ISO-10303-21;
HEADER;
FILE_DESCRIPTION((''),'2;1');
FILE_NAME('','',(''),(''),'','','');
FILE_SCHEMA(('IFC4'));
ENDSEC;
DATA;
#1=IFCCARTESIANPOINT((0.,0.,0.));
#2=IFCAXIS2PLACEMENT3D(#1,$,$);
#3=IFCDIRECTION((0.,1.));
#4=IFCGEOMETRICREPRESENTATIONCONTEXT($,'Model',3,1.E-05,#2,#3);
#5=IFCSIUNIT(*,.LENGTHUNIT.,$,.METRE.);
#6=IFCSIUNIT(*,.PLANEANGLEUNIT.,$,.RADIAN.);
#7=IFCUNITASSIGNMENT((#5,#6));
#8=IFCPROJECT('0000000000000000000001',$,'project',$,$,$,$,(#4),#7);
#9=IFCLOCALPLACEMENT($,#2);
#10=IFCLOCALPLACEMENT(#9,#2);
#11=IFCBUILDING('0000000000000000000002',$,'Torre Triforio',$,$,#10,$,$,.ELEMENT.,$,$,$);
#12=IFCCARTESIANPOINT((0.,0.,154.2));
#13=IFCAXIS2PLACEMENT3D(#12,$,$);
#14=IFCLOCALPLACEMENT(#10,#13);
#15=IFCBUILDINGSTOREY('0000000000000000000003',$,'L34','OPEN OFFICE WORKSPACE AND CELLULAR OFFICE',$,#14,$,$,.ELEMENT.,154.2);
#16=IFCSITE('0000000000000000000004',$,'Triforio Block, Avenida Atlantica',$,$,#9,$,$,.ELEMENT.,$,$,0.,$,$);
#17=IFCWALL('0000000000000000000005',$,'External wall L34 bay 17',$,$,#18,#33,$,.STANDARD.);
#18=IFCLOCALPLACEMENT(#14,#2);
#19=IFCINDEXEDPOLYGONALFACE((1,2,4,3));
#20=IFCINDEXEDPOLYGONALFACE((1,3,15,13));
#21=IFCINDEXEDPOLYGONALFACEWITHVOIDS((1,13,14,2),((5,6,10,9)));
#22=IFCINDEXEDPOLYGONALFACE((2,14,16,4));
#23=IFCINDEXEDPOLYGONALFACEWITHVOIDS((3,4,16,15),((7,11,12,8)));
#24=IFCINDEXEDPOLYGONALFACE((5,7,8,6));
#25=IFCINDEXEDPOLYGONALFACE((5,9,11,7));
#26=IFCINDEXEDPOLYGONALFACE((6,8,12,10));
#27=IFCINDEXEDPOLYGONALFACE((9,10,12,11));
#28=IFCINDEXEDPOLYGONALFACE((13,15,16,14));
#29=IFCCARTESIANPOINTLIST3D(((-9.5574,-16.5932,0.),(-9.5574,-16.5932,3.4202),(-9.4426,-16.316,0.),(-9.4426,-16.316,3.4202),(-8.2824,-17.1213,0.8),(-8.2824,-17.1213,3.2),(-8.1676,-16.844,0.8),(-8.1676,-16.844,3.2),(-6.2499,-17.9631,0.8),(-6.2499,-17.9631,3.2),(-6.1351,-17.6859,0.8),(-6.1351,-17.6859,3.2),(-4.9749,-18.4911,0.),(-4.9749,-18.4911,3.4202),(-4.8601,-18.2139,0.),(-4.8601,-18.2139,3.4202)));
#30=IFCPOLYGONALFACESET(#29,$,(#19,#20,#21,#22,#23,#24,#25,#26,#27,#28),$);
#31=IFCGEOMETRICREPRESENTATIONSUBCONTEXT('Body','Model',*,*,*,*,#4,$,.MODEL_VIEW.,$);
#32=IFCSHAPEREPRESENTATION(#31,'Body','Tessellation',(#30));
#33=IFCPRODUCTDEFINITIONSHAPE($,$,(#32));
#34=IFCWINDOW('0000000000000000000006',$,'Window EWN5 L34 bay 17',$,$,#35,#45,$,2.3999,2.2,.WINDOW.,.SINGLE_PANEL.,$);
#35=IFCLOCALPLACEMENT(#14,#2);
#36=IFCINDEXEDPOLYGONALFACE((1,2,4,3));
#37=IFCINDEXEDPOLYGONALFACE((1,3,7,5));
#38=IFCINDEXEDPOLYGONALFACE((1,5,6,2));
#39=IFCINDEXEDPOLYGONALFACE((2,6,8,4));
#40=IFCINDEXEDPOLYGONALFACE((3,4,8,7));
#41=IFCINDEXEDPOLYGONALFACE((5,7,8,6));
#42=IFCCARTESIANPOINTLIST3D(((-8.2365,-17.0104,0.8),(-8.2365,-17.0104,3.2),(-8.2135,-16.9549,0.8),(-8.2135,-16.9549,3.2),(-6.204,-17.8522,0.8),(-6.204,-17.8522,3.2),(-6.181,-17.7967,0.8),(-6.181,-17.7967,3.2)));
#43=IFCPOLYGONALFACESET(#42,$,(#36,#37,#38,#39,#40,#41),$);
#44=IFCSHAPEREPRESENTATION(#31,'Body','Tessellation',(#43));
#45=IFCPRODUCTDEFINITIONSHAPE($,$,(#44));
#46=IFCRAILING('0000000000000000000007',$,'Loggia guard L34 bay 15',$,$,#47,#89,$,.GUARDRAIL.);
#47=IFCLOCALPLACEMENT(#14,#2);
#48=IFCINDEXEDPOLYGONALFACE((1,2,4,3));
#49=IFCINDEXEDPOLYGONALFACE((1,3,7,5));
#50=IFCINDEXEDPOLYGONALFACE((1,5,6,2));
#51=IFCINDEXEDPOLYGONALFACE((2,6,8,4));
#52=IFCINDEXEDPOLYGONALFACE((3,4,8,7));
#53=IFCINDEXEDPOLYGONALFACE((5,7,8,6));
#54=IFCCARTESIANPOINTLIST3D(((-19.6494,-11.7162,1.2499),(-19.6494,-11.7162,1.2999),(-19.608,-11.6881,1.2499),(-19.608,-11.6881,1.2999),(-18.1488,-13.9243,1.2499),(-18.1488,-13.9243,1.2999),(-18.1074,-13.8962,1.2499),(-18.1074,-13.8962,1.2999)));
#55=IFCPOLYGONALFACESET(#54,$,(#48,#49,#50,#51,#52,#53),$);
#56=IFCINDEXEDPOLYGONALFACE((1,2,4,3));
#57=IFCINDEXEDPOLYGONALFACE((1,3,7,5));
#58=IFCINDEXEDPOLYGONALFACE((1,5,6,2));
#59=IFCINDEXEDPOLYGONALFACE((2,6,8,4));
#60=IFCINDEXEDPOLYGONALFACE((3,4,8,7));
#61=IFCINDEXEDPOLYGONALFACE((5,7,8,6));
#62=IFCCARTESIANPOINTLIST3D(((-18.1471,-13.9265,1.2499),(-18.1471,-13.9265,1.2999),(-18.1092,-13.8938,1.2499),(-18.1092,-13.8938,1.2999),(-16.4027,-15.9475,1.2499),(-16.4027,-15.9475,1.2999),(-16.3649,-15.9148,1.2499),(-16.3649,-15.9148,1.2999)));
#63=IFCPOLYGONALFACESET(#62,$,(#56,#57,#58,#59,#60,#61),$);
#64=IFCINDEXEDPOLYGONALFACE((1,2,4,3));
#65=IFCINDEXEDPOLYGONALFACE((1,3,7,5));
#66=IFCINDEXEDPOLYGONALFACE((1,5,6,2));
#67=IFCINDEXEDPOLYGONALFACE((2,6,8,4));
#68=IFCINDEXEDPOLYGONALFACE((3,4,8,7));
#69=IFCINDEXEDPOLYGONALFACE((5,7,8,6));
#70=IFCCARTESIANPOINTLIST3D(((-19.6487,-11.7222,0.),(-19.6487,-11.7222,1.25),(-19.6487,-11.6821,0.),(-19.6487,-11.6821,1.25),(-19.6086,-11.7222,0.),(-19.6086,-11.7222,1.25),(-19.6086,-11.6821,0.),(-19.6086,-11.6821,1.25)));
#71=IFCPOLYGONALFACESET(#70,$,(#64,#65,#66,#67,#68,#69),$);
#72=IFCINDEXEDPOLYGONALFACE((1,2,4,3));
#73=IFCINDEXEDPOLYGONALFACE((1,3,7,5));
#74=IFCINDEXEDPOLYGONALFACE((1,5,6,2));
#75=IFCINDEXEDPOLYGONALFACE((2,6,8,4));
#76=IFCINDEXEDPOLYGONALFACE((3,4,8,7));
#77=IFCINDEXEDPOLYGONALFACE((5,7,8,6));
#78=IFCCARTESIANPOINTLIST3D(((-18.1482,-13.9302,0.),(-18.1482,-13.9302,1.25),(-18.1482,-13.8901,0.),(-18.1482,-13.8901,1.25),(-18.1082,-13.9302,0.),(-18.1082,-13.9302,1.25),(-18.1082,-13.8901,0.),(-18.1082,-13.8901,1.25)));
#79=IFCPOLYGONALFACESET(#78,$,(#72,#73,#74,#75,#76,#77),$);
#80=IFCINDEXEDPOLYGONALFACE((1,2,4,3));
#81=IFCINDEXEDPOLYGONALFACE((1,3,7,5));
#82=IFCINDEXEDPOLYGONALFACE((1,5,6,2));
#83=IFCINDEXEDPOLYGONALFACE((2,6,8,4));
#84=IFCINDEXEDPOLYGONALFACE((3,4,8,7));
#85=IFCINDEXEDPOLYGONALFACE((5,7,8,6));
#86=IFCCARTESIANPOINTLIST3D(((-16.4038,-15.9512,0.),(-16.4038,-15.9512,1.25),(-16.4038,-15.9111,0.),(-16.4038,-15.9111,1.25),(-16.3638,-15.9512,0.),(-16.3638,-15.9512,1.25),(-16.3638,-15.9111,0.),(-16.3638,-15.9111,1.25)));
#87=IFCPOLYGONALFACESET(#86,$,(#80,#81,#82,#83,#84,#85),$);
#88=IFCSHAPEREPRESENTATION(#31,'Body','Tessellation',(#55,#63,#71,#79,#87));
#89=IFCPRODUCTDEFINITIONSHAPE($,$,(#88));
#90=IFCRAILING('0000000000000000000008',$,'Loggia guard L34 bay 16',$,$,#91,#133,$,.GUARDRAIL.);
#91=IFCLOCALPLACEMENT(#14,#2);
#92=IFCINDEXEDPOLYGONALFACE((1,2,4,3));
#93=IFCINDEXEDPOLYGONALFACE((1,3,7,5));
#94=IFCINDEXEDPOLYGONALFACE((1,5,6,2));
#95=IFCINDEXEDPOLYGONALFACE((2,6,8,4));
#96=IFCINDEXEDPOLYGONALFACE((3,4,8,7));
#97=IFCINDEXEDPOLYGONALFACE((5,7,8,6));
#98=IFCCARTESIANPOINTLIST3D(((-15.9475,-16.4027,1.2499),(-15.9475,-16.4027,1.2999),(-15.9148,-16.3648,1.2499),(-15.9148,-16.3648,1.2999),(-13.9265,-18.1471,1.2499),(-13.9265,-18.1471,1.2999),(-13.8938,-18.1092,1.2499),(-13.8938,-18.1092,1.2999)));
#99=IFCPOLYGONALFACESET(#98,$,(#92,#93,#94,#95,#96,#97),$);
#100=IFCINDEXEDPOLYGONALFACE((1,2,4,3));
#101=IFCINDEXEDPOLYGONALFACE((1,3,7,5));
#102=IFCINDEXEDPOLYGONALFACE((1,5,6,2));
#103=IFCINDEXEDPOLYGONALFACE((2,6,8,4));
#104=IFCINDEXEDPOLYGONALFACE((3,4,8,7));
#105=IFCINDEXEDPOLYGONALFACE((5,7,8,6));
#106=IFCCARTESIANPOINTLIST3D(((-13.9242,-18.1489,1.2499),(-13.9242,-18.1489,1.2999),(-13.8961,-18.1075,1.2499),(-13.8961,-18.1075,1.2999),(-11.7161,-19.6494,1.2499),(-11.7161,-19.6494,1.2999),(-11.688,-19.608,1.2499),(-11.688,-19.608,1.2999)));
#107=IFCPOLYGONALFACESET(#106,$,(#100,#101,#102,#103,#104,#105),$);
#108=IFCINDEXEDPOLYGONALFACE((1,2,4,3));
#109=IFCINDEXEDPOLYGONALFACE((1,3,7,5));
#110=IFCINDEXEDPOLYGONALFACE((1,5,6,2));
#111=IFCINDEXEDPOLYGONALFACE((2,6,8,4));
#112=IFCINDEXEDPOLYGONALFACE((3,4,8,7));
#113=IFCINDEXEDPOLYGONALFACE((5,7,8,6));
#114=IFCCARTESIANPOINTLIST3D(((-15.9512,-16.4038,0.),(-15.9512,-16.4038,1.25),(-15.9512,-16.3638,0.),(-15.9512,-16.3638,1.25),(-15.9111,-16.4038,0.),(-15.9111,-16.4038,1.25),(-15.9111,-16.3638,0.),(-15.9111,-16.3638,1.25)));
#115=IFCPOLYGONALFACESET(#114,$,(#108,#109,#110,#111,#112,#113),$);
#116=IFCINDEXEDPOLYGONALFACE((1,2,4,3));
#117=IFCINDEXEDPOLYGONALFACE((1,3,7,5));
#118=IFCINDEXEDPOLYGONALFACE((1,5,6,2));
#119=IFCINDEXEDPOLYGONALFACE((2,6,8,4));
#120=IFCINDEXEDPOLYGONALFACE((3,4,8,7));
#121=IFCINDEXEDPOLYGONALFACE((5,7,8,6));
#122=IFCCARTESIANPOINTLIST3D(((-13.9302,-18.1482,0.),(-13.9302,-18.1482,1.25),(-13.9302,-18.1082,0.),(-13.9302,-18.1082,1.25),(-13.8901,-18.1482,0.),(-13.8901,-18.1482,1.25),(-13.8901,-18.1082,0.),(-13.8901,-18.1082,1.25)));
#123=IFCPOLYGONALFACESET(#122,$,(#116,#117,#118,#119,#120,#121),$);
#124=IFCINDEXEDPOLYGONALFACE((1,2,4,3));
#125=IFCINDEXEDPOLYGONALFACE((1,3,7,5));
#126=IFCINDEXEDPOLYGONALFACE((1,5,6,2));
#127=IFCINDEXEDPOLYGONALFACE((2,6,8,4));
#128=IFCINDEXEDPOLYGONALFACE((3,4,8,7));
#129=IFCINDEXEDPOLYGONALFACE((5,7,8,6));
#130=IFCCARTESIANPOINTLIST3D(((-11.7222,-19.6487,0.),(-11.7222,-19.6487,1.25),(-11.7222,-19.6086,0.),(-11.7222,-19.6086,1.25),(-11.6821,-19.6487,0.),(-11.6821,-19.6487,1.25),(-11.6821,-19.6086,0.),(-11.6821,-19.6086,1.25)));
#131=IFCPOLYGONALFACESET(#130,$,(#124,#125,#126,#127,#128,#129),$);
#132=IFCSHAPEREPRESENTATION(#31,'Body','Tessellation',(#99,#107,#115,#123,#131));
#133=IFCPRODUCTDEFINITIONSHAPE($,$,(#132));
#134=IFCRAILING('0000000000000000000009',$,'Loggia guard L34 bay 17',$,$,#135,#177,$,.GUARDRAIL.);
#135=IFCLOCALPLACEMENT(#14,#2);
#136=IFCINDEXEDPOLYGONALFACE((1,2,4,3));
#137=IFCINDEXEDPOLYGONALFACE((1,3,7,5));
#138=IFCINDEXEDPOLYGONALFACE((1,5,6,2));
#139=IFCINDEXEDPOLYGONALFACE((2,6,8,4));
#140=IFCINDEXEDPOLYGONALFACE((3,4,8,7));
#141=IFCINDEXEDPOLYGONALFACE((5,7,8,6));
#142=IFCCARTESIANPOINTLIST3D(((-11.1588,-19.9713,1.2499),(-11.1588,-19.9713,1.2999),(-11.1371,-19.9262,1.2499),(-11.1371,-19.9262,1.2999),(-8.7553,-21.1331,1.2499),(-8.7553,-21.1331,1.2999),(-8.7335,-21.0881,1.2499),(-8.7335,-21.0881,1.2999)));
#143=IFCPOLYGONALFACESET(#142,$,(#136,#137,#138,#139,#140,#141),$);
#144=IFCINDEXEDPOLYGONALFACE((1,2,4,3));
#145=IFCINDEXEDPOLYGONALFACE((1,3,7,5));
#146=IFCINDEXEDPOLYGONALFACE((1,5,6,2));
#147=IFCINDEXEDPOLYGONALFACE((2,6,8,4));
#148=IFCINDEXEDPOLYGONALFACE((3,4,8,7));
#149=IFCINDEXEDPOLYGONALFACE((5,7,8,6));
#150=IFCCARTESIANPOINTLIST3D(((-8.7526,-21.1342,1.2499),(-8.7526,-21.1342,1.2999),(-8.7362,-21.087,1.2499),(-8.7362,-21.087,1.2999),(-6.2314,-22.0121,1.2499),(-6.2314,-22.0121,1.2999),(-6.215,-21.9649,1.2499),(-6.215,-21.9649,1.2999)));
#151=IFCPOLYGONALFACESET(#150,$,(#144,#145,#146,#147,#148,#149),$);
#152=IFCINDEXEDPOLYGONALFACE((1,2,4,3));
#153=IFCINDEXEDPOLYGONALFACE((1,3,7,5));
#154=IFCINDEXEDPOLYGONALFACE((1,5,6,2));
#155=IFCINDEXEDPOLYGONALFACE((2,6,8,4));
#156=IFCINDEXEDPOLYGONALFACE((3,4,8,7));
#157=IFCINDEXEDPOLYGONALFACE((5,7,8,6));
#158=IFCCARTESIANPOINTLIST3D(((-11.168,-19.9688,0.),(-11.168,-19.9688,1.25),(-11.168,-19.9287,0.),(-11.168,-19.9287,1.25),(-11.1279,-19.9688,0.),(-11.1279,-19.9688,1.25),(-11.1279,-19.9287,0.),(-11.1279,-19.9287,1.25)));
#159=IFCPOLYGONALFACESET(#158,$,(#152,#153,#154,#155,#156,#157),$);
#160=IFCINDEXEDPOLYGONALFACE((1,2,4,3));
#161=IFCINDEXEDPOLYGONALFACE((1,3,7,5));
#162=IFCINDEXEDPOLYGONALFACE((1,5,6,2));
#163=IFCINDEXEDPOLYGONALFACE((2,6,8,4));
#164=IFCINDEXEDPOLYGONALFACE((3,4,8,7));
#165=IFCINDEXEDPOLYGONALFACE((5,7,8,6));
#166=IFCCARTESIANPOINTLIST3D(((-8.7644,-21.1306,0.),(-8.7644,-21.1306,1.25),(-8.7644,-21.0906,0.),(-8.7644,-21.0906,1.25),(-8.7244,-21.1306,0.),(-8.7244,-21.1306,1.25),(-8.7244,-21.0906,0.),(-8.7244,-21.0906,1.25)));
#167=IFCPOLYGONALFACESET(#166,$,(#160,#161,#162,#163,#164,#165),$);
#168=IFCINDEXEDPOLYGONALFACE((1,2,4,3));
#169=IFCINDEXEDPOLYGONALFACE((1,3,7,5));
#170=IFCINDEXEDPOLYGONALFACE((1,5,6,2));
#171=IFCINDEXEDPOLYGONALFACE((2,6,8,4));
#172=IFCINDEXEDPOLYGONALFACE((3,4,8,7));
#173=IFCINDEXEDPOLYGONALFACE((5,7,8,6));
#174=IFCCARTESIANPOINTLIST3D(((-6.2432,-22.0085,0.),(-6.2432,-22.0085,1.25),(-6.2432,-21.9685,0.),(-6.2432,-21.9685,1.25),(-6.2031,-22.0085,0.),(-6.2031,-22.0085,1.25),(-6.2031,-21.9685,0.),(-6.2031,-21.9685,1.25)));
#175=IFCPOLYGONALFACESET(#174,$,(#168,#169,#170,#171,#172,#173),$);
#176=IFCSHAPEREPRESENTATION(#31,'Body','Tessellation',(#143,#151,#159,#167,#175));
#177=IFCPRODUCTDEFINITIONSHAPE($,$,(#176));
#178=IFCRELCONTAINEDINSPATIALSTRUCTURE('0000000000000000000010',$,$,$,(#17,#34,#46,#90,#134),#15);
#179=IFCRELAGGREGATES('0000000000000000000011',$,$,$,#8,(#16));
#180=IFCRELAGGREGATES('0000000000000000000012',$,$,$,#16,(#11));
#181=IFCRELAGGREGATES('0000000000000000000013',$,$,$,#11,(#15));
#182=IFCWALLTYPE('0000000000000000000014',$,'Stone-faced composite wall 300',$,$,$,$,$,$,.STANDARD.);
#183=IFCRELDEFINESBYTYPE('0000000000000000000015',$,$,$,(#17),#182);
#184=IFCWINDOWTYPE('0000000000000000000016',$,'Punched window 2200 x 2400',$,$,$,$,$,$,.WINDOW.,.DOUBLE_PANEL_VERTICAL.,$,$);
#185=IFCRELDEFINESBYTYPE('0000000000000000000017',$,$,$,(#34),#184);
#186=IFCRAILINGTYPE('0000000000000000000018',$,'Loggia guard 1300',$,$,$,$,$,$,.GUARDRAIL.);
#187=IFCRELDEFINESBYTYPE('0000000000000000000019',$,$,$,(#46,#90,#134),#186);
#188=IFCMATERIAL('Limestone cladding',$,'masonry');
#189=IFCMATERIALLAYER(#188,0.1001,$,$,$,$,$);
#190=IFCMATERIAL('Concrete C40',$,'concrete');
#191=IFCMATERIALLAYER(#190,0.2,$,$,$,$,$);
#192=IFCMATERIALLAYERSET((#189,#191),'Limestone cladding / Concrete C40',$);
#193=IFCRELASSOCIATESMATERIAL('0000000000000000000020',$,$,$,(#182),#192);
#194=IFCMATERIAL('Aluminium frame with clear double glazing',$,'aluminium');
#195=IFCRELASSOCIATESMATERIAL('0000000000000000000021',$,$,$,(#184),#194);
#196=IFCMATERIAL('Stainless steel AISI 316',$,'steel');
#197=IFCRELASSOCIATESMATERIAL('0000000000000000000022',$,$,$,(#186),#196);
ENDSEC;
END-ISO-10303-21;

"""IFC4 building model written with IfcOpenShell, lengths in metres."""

from ifc_helpers import new_model, si_unit, direction, frame, frame_2d, origin, origin_2d, place, context, subcontext, project, spatial, rectangle, extrude, material, layer, layer_set, type_object, element, fill, save


model = new_model("IFC4")

# Units and contexts
model_context = context("Model", 3, precision=1e-05, world=origin(), true_north=direction((0.0, 1.0)))
body_context = subcontext(model_context, "Body", "Model", "MODEL_VIEW")
ifc_project = project(units=[si_unit("LENGTHUNIT", "METRE"), si_unit("PLANEANGLEUNIT", "RADIAN")], contexts=[model_context])

# Site, building, storey
site_placement = place(None, origin())
site = spatial("IfcSite", under=ifc_project, at=site_placement, Name="Triforio Block, Avenida Atlantica", CompositionType="ELEMENT", RefElevation=0.0)
building_placement = place(site_placement, origin())
building = spatial("IfcBuilding", under=site, at=building_placement, Name="Torre Triforio", CompositionType="ELEMENT")
storey_placement = place(building_placement, frame((0.0, 0.0, 154.2)))
storey = spatial("IfcBuildingStorey", under=building, at=storey_placement, Name="L34", Description="OPEN OFFICE WORKSPACE AND CELLULAR OFFICE", CompositionType="ELEMENT", Elevation=154.2)

# Shared definitions
ifc_material_1 = material(Name="Concrete C40", Category="concrete")

# Shared definitions
ifc_material_2 = material(Name="Limestone cladding", Category="masonry")

# Shared definitions
ifc_layer_1 = layer(ifc_material_2, 0.1001)
ifc_layer_2 = layer(ifc_material_1, 0.2)
ifc_layer_set_1 = layer_set([ifc_layer_1, ifc_layer_2], Name="Limestone cladding / Concrete C40")
wall_type_1 = type_object("IfcWallType", Name="Stone-faced composite wall 300", PredefinedType="STANDARD", material=ifc_layer_set_1)
ifc_material_3 = material(Name="Aluminium frame with clear double glazing", Category="aluminium")
window_type_1 = type_object("IfcWindowType", Name="Punched window 2200 x 2400", PartitioningType="DOUBLE_PANEL_VERTICAL", PredefinedType="WINDOW", material=ifc_material_3)

# Wall, opening, window
wall_1_placement = place(storey_placement, frame((-9.5, -16.4546, 0.0), z_axis=(0.0, 0.0, 1.0), x_axis=(0.923893, -0.38265, 0.0)))
wall_1 = element("IfcWall", 1, at=wall_1_placement, inside=storey, type_object=wall_type_1, Name="External wall L34 bay 17", PredefinedType="STANDARD", context=body_context, shape_type="SweptSolid", body=[
    extrude(rectangle(XDim=4.96, YDim=0.3, at=frame_2d((2.48, 0.0))), origin(), (0.0, 0.0, 1.0), 3.4202),
])
opening_1_placement = place(wall_1_placement, frame((1.3799, 0.0, 0.8)))
opening_1 = element("IfcOpeningElement", 2, at=opening_1_placement, cuts=wall_1, PredefinedType="OPENING", context=body_context, shape_type="SweptSolid", body=[
    extrude(rectangle(XDim=2.2, YDim=2.3999, at=frame_2d((1.1001, 1.2))), frame((0.0, 0.1599, 0.0), z_axis=(0.0, -1.0, 0.0), x_axis=(1.0, 0.0, 0.0)), (0.0, 0.0, 1.0), 0.3201),
])
window_1_placement = place(opening_1_placement, origin())
window_1 = element("IfcWindow", 3, at=window_1_placement, inside=storey, type_object=window_type_1, Name="Window EWN5 L34 bay 17", OverallHeight=2.3999, OverallWidth=2.2, PartitioningType="SINGLE_PANEL", PredefinedType="WINDOW", context=body_context, shape_type="SweptSolid", body=[
    extrude(rectangle(XDim=2.2, YDim=2.3999, at=frame_2d((1.1001, 1.2))), frame((0.0, 0.03, 0.0), z_axis=(0.0, -1.0, 0.0), x_axis=(1.0, 0.0, 0.0)), (0.0, 0.0, 1.0), 0.0601),
])
fill(opening_1, window_1)

# Railings
ifc_material_4 = material(Name="Stainless steel AISI 316", Category="steel")
railing_type = type_object("IfcRailingType", Name="Loggia guard 1300", PredefinedType="GUARDRAIL", material=ifc_material_4)
railing_1_placement = place(storey_placement, frame((-19.6287, -11.7021, 0.0)))
element("IfcRailing", 4, at=railing_1_placement, inside=storey, type_object=railing_type, Name="Loggia guard L34 bay 15", PredefinedType="GUARDRAIL", context=body_context, shape_type="SweptSolid", body=[
    extrude(rectangle(XDim=0.05, YDim=0.05, at=origin_2d()), frame((0.0, 0.0, 1.2749), z_axis=(0.562065, -0.827093, 0.0), x_axis=(0.827093, 0.562065, 0.0)), (0.0, 0.0, 1.0), 2.6697),
    extrude(rectangle(XDim=0.05, YDim=0.05, at=origin_2d()), frame((1.5005, -2.208, 1.2749), z_axis=(0.653401, -0.757012, 0.0), x_axis=(0.757012, 0.653401, 0.0)), (0.0, 0.0, 1.0), 2.6697),
    extrude(rectangle(XDim=0.04, YDim=0.04, at=origin_2d()), origin(), (0.0, 0.0, 1.0), 1.25),
    extrude(rectangle(XDim=0.04, YDim=0.04, at=origin_2d()), frame((1.5005, -2.208, 0.0)), (0.0, 0.0, 1.0), 1.25),
    extrude(rectangle(XDim=0.04, YDim=0.04, at=origin_2d()), frame((3.2449, -4.229, 0.0)), (0.0, 0.0, 1.0), 1.25),
])
railing_2_placement = place(storey_placement, frame((-15.9312, -16.3838, 0.0)))
element("IfcRailing", 5, at=railing_2_placement, inside=storey, type_object=railing_type, Name="Loggia guard L34 bay 16", PredefinedType="GUARDRAIL", context=body_context, shape_type="SweptSolid", body=[
    extrude(rectangle(XDim=0.05, YDim=0.05, at=origin_2d()), frame((0.0, 0.0, 1.2749), z_axis=(0.757012, -0.653401, 0.0), x_axis=(0.653401, 0.757012, 0.0)), (0.0, 0.0, 1.0), 2.6697),
    extrude(rectangle(XDim=0.05, YDim=0.05, at=origin_2d()), frame((2.021, -1.7444, 1.2749), z_axis=(0.827093, -0.562065, 0.0), x_axis=(0.562065, 0.827093, 0.0)), (0.0, 0.0, 1.0), 2.6697),
    extrude(rectangle(XDim=0.04, YDim=0.04, at=origin_2d()), origin(), (0.0, 0.0, 1.0), 1.25),
    extrude(rectangle(XDim=0.04, YDim=0.04, at=origin_2d()), frame((2.021, -1.7444, 0.0)), (0.0, 0.0, 1.0), 1.25),
    extrude(rectangle(XDim=0.04, YDim=0.04, at=origin_2d()), frame((4.229, -3.2449, 0.0)), (0.0, 0.0, 1.0), 1.25),
])
railing_3_placement = place(storey_placement, frame((-11.1479, -19.9487, 0.0)))
element("IfcRailing", 6, at=railing_3_placement, inside=storey, type_object=railing_type, Name="Loggia guard L34 bay 17", PredefinedType="GUARDRAIL", context=body_context, shape_type="SweptSolid", body=[
    extrude(rectangle(XDim=0.05, YDim=0.05, at=origin_2d()), frame((0.0, 0.0, 1.2749), z_axis=(0.900328, -0.435212, 0.0), x_axis=(0.435212, 0.900328, 0.0)), (0.0, 0.0, 1.0), 2.6697),
    extrude(rectangle(XDim=0.05, YDim=0.05, at=origin_2d()), frame((2.4036, -1.1619, 1.2749), z_axis=(0.944383, -0.328847, 0.0), x_axis=(0.328847, 0.944383, 0.0)), (0.0, 0.0, 1.0), 2.6697),
    extrude(rectangle(XDim=0.04, YDim=0.04, at=origin_2d()), origin(), (0.0, 0.0, 1.0), 1.25),
    extrude(rectangle(XDim=0.04, YDim=0.04, at=origin_2d()), frame((2.4036, -1.1619, 0.0)), (0.0, 0.0, 1.0), 1.25),
    extrude(rectangle(XDim=0.04, YDim=0.04, at=origin_2d()), frame((4.9248, -2.0398, 0.0)), (0.0, 0.0, 1.0), 1.25),
])

save(model, "model.ifc")
